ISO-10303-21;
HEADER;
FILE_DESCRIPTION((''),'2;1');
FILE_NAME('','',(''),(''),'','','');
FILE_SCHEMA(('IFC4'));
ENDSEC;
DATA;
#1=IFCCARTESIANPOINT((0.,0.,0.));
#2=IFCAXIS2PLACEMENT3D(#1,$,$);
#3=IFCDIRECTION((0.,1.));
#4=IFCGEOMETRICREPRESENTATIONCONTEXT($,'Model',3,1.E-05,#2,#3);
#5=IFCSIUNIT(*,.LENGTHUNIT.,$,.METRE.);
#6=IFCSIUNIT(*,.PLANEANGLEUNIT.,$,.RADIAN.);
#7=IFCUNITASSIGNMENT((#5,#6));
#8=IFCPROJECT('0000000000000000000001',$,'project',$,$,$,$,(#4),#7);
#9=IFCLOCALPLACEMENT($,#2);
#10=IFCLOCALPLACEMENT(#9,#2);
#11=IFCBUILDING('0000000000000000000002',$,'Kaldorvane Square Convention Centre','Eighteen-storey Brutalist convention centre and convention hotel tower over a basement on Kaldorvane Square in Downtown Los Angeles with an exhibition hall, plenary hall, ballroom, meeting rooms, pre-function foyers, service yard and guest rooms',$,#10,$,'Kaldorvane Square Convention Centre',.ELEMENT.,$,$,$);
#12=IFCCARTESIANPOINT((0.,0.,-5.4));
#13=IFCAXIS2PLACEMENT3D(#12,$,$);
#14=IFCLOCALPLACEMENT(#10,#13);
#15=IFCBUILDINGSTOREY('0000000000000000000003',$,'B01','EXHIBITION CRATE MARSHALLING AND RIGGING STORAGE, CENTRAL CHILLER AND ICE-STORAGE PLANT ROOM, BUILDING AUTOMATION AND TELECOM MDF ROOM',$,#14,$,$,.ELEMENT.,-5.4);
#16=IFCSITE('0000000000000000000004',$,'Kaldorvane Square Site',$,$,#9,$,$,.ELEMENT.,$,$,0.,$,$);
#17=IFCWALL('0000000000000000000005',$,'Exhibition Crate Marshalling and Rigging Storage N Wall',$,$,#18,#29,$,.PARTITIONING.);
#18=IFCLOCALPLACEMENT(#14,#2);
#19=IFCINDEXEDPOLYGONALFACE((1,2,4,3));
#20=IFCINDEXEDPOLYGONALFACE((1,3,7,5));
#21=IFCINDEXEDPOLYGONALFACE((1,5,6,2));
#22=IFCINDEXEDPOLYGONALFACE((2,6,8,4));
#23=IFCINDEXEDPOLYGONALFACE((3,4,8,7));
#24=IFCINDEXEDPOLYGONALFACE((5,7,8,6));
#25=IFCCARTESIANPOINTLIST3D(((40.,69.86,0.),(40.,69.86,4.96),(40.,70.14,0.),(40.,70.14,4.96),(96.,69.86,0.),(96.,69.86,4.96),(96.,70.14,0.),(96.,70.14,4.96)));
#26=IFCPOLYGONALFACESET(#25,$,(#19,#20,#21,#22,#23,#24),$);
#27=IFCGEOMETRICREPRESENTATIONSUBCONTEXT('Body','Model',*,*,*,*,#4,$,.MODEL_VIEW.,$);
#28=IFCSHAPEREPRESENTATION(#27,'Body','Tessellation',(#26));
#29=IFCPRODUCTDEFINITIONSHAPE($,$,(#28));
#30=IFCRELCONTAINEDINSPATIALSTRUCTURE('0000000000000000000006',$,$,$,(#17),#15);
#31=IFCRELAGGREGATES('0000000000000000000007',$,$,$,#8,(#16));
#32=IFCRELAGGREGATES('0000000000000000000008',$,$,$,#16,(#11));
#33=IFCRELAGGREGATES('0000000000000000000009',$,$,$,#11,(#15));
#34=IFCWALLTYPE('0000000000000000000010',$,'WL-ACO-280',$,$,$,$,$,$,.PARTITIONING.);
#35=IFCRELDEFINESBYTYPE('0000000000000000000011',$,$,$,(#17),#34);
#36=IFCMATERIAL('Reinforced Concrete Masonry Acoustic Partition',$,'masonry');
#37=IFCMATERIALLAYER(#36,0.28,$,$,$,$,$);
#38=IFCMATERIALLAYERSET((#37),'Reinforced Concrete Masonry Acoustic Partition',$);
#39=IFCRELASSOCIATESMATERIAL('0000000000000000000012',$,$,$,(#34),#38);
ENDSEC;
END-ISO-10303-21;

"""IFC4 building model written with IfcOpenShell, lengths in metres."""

from ifc_helpers import new_model, si_unit, direction, frame, frame_2d, origin, place, context, subcontext, project, spatial, rectangle, extrude, material, layer, layer_set, type_object, element, save


model = new_model("IFC4")

# Units and contexts
model_context = context("Model", 3, precision=1e-05, world=origin(), true_north=direction((0.0, 1.0)))
body_context = subcontext(model_context, "Body", "Model", "MODEL_VIEW")
ifc_project = project(units=[si_unit("LENGTHUNIT", "METRE"), si_unit("PLANEANGLEUNIT", "RADIAN")], contexts=[model_context])

# Site, building, storey
site_placement = place(None, origin())
site = spatial("IfcSite", under=ifc_project, at=site_placement, Name="Kaldorvane Square Site", CompositionType="ELEMENT", RefElevation=0.0)
building_placement = place(site_placement, origin())
building = spatial("IfcBuilding", under=site, at=building_placement, Name="Kaldorvane Square Convention Centre", Description="Eighteen-storey Brutalist convention centre and convention hotel tower over a basement on Kaldorvane Square in Downtown Los Angeles with an exhibition hall, plenary hall, ballroom, meeting rooms, pre-function foyers, service yard and guest rooms", LongName="Kaldorvane Square Convention Centre", CompositionType="ELEMENT")
storey_placement = place(building_placement, frame((0.0, 0.0, -5.4)))
storey = spatial("IfcBuildingStorey", under=building, at=storey_placement, Name="B01", Description="EXHIBITION CRATE MARSHALLING AND RIGGING STORAGE, CENTRAL CHILLER AND ICE-STORAGE PLANT ROOM, BUILDING AUTOMATION AND TELECOM MDF ROOM", CompositionType="ELEMENT", Elevation=-5.4)

# Wall
ifc_material_1 = material(Name="Reinforced Concrete Masonry Acoustic Partition", Category="masonry")
ifc_layer = layer(ifc_material_1, 0.28)
ifc_layer_set = layer_set([ifc_layer], Name="Reinforced Concrete Masonry Acoustic Partition")
wall_type = type_object("IfcWallType", Name="WL-ACO-280", PredefinedType="PARTITIONING", material=ifc_layer_set)
wall_placement = place(storey_placement, frame((96.0, 70.0, 0.0), z_axis=(0.0, 0.0, 1.0), x_axis=(-1.0, 0.0, 0.0)))
element("IfcWall", 1, at=wall_placement, inside=storey, type_object=wall_type, Name="Exhibition Crate Marshalling and Rigging Storage N Wall", PredefinedType="PARTITIONING", context=body_context, shape_type="SweptSolid", body=[
    extrude(rectangle(XDim=56.0, YDim=0.28, at=frame_2d((28.0, 0.0))), origin(), (0.0, 0.0, 1.0), 4.96),
])

save(model, "model.ifc")
